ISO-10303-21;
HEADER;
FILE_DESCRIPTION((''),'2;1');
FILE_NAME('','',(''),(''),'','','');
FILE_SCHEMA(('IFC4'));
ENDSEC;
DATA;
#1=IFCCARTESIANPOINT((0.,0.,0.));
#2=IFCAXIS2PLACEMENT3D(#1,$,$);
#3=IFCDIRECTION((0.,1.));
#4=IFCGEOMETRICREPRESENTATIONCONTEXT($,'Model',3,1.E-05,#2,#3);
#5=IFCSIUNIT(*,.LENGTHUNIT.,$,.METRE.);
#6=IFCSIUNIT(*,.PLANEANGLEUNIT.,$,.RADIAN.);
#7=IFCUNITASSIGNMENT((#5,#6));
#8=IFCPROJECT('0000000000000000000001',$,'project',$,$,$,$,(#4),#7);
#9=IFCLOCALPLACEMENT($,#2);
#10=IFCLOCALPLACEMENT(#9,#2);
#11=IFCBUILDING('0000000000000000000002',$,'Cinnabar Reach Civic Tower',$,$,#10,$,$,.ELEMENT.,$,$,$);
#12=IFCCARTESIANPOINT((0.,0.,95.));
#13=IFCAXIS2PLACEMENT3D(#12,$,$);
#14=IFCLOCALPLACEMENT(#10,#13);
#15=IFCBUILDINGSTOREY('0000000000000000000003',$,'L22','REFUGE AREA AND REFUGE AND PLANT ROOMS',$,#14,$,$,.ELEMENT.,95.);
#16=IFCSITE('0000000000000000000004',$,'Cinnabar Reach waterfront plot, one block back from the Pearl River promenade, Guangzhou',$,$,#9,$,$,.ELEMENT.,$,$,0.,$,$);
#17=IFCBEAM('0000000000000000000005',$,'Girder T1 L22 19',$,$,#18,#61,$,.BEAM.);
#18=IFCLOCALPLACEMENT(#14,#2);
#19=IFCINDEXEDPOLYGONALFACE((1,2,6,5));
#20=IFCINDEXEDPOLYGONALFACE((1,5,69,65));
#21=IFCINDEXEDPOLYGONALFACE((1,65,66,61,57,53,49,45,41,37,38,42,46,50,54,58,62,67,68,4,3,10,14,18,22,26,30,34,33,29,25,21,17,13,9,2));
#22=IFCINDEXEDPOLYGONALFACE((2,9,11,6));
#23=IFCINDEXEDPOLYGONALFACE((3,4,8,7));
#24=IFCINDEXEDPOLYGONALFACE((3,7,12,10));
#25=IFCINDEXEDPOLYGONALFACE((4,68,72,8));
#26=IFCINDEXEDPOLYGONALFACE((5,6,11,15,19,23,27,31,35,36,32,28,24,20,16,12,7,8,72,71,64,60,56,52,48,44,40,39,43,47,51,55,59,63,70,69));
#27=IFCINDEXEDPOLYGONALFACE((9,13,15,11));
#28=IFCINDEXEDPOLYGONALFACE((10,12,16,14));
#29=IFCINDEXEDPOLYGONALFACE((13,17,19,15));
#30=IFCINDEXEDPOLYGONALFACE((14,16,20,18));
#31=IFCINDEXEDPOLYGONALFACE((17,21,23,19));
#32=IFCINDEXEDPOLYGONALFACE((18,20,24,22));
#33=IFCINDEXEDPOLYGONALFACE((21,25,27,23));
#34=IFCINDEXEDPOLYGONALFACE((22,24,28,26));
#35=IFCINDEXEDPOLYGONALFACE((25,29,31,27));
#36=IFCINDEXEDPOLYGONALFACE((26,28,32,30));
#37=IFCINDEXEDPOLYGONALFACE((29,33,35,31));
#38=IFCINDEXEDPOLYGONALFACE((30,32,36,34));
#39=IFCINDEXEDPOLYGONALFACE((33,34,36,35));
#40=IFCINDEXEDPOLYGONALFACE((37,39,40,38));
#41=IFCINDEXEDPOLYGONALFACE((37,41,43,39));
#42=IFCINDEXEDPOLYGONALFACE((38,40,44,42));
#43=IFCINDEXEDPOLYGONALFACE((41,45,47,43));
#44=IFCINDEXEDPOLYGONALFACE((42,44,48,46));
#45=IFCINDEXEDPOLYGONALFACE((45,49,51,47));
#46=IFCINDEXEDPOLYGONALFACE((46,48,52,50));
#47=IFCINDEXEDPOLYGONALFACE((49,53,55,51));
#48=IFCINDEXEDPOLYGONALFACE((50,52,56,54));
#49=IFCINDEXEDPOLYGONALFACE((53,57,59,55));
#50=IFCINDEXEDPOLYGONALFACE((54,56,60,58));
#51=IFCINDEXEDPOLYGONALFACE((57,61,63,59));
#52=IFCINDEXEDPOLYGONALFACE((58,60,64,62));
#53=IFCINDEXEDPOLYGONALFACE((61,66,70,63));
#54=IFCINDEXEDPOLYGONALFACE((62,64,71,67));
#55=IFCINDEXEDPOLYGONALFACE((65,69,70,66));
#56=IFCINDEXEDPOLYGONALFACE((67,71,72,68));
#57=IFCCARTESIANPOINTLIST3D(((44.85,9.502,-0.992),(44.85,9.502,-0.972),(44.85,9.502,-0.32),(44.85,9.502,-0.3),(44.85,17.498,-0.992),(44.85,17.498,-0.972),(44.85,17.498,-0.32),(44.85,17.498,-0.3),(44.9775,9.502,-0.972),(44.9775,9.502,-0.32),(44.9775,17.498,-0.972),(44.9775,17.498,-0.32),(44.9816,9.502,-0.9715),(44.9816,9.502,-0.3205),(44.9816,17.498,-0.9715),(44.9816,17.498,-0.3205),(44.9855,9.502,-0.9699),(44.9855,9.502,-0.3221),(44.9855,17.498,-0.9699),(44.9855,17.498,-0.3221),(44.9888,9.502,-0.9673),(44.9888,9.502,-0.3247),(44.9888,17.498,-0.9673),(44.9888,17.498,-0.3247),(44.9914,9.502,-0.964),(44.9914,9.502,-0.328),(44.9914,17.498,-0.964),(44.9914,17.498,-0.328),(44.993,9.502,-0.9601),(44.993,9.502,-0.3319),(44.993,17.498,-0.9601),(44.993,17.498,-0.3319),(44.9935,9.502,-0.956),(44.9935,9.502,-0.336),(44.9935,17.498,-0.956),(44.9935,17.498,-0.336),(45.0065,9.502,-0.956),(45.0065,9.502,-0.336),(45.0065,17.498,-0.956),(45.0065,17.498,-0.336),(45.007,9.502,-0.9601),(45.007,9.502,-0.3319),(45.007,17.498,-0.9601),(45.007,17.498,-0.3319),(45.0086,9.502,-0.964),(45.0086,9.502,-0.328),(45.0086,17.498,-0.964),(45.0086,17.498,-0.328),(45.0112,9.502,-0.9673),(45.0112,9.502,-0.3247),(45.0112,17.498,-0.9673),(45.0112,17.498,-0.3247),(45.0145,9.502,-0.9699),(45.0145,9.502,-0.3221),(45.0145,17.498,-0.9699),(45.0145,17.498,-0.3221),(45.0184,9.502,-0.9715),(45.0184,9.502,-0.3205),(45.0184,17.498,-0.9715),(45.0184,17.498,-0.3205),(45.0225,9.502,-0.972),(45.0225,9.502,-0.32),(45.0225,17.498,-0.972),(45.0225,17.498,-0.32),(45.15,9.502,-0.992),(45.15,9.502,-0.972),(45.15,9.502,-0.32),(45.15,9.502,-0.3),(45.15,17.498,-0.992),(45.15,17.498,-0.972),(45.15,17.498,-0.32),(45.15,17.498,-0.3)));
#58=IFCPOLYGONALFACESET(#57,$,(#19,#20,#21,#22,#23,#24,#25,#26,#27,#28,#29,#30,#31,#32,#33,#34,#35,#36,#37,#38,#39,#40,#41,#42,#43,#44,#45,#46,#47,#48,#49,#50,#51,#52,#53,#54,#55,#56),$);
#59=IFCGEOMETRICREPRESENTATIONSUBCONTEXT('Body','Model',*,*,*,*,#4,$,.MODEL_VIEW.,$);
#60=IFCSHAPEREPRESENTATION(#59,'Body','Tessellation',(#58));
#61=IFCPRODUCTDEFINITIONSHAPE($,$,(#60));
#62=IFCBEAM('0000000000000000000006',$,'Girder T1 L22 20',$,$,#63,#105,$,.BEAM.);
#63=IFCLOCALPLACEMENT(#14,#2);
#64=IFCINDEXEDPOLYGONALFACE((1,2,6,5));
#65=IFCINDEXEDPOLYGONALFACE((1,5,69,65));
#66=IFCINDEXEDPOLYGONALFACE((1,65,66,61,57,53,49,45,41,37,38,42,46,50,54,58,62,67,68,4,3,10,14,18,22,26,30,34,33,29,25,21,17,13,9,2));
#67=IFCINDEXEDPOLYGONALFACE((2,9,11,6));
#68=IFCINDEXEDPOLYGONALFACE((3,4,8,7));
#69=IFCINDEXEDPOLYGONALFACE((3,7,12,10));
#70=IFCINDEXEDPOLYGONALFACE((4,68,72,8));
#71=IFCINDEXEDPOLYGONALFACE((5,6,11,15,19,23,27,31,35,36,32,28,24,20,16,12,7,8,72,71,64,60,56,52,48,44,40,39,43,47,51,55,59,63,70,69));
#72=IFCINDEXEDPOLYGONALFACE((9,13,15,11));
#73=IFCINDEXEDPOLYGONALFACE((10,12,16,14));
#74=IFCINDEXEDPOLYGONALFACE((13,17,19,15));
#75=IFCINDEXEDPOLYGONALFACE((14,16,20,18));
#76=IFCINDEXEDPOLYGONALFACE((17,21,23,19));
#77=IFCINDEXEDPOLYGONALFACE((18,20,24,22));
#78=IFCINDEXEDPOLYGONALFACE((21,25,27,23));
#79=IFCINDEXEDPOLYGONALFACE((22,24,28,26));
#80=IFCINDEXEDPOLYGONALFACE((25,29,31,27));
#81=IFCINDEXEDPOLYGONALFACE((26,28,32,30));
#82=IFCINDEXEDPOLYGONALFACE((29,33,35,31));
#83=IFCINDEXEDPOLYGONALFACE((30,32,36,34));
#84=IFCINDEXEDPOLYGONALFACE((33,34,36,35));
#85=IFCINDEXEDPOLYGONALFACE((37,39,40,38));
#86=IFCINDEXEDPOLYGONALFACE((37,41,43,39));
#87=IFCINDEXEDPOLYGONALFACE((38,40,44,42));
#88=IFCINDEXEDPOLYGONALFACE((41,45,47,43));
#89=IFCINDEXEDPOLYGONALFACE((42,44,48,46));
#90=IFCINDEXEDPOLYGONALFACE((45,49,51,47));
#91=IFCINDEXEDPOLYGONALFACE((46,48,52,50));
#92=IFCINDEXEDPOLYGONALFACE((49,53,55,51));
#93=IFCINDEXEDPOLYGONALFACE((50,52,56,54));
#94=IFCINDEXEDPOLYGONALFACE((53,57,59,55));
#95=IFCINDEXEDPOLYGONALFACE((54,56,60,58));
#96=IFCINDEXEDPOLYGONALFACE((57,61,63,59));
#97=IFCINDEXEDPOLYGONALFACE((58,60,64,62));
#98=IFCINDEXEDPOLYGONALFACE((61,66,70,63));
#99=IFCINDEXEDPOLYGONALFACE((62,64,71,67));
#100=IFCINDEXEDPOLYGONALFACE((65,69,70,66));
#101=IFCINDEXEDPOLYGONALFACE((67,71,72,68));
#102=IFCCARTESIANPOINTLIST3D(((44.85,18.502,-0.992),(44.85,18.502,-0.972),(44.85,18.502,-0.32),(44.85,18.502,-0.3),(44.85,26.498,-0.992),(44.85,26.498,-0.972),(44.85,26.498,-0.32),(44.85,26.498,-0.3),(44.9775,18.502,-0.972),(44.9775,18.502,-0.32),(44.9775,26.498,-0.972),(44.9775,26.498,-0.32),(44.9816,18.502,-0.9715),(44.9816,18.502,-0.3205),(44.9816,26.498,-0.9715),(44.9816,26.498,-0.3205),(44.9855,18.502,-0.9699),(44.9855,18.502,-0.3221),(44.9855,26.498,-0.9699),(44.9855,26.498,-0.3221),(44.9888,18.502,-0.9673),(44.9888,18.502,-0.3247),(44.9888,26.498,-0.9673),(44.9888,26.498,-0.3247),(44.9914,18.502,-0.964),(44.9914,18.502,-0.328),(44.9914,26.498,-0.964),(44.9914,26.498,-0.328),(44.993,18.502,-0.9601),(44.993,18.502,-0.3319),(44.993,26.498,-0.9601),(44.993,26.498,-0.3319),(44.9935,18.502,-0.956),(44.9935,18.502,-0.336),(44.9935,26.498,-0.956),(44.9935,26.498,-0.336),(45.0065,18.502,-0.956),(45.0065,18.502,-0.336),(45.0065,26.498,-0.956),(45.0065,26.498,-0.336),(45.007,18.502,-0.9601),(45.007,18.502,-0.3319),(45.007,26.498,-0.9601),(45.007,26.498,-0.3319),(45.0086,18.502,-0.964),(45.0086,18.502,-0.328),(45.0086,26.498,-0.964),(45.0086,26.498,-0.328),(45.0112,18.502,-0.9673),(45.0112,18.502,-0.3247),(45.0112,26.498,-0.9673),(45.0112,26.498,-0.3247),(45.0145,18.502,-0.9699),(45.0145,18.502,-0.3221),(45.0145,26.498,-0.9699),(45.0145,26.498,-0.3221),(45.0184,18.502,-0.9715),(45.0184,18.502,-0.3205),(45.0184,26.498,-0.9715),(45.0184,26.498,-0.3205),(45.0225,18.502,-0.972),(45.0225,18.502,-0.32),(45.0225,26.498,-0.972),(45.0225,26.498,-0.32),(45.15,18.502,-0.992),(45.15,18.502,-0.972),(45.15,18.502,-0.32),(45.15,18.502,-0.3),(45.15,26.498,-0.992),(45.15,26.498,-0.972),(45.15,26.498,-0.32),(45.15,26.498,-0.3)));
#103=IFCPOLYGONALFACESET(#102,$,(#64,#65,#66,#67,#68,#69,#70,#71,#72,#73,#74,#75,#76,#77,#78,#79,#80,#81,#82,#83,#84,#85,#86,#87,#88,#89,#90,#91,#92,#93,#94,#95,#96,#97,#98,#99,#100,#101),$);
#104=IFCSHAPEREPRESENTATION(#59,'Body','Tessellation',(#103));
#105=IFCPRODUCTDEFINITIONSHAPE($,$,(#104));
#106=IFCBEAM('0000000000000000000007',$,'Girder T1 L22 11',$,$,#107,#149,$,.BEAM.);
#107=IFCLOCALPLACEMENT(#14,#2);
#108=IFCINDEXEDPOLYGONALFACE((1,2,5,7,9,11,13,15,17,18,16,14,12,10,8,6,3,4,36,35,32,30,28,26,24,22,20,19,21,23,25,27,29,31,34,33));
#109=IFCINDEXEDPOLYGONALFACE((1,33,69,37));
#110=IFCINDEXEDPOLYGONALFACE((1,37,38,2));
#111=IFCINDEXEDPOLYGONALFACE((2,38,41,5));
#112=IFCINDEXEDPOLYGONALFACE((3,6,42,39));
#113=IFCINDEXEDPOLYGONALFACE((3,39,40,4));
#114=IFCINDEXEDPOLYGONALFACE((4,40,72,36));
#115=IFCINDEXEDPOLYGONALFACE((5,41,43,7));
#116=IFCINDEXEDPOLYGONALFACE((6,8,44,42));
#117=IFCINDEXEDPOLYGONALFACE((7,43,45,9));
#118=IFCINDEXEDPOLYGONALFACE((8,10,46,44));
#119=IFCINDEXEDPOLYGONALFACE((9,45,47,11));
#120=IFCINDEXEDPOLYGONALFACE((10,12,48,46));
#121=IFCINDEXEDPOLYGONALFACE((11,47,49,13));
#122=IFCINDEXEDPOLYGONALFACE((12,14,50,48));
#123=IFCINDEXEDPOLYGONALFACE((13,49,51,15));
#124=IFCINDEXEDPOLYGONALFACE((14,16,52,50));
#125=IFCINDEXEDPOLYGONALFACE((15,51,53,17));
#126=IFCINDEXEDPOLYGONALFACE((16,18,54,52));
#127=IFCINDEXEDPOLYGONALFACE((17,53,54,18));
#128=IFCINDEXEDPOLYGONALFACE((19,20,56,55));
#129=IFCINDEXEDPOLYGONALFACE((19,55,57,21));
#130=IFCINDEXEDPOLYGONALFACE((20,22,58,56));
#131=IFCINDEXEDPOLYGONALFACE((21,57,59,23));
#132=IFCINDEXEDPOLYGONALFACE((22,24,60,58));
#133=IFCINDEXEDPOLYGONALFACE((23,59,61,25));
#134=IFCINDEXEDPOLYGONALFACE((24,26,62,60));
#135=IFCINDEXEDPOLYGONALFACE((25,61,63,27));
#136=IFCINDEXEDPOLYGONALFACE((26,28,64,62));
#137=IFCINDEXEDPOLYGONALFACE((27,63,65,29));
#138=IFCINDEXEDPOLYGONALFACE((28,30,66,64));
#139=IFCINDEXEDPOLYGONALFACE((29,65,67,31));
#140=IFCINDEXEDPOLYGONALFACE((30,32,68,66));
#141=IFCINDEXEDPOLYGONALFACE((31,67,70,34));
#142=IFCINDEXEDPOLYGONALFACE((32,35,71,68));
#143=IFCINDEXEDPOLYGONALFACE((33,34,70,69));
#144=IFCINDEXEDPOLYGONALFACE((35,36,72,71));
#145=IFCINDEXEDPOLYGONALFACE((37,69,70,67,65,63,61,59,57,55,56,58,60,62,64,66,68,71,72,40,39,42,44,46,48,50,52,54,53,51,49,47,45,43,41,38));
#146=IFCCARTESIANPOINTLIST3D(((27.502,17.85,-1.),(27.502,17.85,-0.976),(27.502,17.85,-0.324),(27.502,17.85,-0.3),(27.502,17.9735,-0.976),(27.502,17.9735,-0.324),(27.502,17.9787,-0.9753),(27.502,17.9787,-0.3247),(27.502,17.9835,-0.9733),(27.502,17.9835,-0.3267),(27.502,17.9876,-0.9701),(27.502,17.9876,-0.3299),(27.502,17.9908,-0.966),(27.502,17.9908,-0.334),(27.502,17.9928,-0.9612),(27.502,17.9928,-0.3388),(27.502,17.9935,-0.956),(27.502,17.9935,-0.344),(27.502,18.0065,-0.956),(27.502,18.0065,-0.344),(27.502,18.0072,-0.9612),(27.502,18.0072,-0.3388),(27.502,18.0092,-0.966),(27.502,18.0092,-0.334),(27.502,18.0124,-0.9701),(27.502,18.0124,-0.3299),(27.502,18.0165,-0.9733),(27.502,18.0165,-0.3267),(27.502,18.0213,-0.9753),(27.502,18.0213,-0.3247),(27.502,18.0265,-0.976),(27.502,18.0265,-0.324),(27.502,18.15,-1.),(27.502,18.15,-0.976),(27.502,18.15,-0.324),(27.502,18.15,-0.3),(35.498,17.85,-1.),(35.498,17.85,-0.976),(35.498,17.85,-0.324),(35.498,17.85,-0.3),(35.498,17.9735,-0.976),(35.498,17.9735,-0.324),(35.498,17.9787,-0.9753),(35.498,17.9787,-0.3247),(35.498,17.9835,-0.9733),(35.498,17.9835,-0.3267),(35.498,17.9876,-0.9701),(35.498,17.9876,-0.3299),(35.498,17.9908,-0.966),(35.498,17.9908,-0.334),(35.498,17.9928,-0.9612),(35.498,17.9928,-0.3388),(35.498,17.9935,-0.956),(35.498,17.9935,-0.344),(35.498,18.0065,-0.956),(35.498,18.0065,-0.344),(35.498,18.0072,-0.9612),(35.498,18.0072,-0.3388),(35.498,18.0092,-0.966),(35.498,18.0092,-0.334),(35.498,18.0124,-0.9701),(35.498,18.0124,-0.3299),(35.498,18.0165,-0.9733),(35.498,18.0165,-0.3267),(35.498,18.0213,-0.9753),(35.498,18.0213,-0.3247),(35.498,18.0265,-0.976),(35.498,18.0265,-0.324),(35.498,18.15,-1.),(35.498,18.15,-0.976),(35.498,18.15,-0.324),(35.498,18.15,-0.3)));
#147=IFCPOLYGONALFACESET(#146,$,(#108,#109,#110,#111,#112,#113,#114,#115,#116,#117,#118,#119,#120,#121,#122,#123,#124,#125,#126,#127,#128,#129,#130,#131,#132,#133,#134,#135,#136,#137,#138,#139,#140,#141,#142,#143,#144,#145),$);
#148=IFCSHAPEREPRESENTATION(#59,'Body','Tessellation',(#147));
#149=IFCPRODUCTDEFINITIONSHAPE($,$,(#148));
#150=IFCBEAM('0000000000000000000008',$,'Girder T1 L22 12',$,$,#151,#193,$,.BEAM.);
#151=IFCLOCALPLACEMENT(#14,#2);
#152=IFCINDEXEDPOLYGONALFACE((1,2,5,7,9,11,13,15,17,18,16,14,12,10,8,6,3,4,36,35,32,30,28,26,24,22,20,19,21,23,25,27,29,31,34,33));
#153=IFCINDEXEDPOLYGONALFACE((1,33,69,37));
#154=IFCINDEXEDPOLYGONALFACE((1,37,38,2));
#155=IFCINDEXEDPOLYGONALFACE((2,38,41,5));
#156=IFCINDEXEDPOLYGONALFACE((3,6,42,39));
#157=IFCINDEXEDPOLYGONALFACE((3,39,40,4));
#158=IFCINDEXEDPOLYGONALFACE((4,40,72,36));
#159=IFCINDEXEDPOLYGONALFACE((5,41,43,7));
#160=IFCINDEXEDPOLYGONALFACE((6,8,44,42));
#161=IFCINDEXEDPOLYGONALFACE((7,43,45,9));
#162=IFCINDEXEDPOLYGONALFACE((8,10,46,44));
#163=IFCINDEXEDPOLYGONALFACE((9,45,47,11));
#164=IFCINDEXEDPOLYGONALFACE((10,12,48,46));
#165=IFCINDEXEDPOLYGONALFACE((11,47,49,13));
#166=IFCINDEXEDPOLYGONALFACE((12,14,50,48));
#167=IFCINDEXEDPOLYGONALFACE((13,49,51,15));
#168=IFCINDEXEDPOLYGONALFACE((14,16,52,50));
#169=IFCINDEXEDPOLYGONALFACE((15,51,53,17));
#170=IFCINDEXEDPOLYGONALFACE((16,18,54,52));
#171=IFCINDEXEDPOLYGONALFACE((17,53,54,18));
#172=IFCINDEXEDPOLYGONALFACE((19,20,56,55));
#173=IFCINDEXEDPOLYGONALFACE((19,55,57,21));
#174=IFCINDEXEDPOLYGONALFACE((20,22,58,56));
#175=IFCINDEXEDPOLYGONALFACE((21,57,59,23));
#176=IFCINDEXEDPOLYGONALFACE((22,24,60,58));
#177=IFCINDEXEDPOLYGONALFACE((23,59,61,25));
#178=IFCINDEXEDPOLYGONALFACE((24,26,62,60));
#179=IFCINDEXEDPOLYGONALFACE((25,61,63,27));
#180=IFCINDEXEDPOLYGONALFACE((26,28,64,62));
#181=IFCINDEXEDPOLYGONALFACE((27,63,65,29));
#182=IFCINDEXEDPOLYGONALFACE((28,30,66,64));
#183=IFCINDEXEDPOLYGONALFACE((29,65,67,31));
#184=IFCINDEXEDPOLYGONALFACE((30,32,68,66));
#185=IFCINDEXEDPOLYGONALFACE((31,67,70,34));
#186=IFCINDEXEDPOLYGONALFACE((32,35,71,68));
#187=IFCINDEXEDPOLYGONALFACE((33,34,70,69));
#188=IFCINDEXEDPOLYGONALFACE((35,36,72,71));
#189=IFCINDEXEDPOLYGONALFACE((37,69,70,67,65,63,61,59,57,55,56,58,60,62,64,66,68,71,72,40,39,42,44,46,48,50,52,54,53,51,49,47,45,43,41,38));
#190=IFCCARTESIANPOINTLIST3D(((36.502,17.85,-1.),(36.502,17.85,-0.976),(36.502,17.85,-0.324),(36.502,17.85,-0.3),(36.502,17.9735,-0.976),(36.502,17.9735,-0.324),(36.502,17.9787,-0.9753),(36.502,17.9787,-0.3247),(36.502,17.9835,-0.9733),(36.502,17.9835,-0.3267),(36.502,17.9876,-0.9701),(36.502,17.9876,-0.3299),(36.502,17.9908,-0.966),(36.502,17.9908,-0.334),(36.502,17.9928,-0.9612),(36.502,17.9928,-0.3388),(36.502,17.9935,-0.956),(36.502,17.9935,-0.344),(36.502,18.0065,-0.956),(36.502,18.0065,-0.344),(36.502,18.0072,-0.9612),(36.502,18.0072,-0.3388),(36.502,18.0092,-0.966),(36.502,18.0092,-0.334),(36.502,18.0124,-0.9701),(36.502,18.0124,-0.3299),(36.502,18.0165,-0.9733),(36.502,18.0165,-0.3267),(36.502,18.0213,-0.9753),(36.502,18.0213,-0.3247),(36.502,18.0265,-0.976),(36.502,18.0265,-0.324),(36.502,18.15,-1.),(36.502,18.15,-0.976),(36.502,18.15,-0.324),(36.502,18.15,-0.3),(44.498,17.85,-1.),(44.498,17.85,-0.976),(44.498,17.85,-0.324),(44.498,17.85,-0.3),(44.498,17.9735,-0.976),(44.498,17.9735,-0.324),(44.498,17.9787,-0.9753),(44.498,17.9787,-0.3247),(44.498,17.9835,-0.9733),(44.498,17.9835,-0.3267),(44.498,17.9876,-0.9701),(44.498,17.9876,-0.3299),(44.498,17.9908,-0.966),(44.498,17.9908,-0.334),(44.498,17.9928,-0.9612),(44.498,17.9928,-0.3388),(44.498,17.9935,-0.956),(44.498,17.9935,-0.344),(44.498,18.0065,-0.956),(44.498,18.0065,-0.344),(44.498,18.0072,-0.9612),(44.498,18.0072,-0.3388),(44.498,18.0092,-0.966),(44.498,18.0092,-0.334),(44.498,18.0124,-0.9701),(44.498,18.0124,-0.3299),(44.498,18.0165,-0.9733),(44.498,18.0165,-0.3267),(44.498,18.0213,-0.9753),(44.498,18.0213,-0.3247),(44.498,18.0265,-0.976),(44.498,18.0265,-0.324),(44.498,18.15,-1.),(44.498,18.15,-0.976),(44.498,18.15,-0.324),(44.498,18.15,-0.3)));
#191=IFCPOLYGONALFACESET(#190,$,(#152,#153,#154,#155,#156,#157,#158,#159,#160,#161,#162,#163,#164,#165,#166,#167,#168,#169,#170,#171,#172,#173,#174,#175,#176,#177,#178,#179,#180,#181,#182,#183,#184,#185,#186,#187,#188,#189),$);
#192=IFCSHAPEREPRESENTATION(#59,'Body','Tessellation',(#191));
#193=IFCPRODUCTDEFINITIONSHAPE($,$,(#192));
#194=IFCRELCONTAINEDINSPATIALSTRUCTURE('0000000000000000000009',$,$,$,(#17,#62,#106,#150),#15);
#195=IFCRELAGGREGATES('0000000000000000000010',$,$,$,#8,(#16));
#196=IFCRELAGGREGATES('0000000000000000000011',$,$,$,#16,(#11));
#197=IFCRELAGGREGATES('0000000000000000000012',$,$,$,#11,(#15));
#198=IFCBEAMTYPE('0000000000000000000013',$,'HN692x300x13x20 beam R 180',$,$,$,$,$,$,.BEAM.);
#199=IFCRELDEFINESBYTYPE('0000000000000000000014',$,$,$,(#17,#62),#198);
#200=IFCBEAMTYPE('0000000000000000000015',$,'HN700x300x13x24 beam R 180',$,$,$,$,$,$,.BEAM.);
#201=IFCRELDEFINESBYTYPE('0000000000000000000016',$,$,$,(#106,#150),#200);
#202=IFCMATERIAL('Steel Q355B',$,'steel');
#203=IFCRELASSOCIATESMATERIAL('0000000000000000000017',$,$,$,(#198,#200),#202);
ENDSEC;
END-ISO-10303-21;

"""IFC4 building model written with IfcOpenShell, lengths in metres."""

from ifc_helpers import new_model, si_unit, direction, frame, origin, origin_2d, place, context, subcontext, project, spatial, i_section, extrude, material, material_profile, profile_set, type_object, element, save


model = new_model("IFC4")

# Units and contexts
model_context = context("Model", 3, precision=1e-05, world=origin(), true_north=direction((0.0, 1.0)))
body_context = subcontext(model_context, "Body", "Model", "MODEL_VIEW")
ifc_project = project(units=[si_unit("LENGTHUNIT", "METRE"), si_unit("PLANEANGLEUNIT", "RADIAN")], contexts=[model_context])

# Site, building, storey
site_placement = place(None, origin())
site = spatial("IfcSite", under=ifc_project, at=site_placement, Name="Cinnabar Reach waterfront plot, one block back from the Pearl River promenade, Guangzhou", CompositionType="ELEMENT", RefElevation=0.0)
building_placement = place(site_placement, origin())
building = spatial("IfcBuilding", under=site, at=building_placement, Name="Cinnabar Reach Civic Tower", CompositionType="ELEMENT")
storey_placement = place(building_placement, frame((0.0, 0.0, 95.0)))
storey = spatial("IfcBuildingStorey", under=building, at=storey_placement, Name="L22", Description="REFUGE AREA AND REFUGE AND PLANT ROOMS", CompositionType="ELEMENT", Elevation=95.0)

# Beams
ifc_material_1 = material(Name="Steel Q355B", Category="steel")
ifc_material_profile_1 = material_profile(ifc_material_1, i_section(OverallWidth=0.3, OverallDepth=0.692, WebThickness=0.013, FlangeThickness=0.02, FilletRadius=0.016, at=origin_2d()), Name="HN692x300x13x20")
ifc_profile_set_1 = profile_set([ifc_material_profile_1], Name="Steel Q355B")
beam_type_1 = type_object("IfcBeamType", Name="HN692x300x13x20 beam R 180", PredefinedType="BEAM", material=ifc_profile_set_1)
for number, where, z_axis, x_axis, name in (
    (1, (45.0, 9.502, -0.646), (0.0, 1.0, 0.0), (-1.0, 0.0, 0.0), "Girder T1 L22 19"),
    (2, (45.0, 18.502, -0.646), (0.0, 1.0, 0.0), (-1.0, 0.0, 0.0), "Girder T1 L22 20"),
):
    element("IfcBeam", number, at=place(storey_placement, frame(where, z_axis=z_axis, x_axis=x_axis)), inside=storey, type_object=beam_type_1, Name=name, PredefinedType="BEAM", context=body_context, shape_type="SweptSolid", body=[
        extrude(i_section(OverallWidth=0.3, OverallDepth=0.692, WebThickness=0.013, FlangeThickness=0.02, FilletRadius=0.016, at=origin_2d()), origin(), (0.0, 0.0, 1.0), 7.996),
    ])
ifc_material_profile_2 = material_profile(ifc_material_1, i_section(OverallWidth=0.3, OverallDepth=0.7, WebThickness=0.013, FlangeThickness=0.024, FilletRadius=0.02, at=origin_2d()), Name="HN700x300x13x24")
ifc_profile_set_2 = profile_set([ifc_material_profile_2], Name="Steel Q355B")
beam_type_2 = type_object("IfcBeamType", Name="HN700x300x13x24 beam R 180", PredefinedType="BEAM", material=ifc_profile_set_2)
for number, where, z_axis, x_axis, name in (
    (3, (27.502, 18.0, -0.65), (1.0, 0.0, 0.0), (0.0, 1.0, 0.0), "Girder T1 L22 11"),
    (4, (36.502, 18.0, -0.65), (1.0, 0.0, 0.0), (0.0, 1.0, 0.0), "Girder T1 L22 12"),
):
    element("IfcBeam", number, at=place(storey_placement, frame(where, z_axis=z_axis, x_axis=x_axis)), inside=storey, type_object=beam_type_2, Name=name, PredefinedType="BEAM", context=body_context, shape_type="SweptSolid", body=[
        extrude(i_section(OverallWidth=0.3, OverallDepth=0.7, WebThickness=0.013, FlangeThickness=0.024, FilletRadius=0.02, at=origin_2d()), origin(), (0.0, 0.0, 1.0), 7.996),
    ])

save(model, "model.ifc")
